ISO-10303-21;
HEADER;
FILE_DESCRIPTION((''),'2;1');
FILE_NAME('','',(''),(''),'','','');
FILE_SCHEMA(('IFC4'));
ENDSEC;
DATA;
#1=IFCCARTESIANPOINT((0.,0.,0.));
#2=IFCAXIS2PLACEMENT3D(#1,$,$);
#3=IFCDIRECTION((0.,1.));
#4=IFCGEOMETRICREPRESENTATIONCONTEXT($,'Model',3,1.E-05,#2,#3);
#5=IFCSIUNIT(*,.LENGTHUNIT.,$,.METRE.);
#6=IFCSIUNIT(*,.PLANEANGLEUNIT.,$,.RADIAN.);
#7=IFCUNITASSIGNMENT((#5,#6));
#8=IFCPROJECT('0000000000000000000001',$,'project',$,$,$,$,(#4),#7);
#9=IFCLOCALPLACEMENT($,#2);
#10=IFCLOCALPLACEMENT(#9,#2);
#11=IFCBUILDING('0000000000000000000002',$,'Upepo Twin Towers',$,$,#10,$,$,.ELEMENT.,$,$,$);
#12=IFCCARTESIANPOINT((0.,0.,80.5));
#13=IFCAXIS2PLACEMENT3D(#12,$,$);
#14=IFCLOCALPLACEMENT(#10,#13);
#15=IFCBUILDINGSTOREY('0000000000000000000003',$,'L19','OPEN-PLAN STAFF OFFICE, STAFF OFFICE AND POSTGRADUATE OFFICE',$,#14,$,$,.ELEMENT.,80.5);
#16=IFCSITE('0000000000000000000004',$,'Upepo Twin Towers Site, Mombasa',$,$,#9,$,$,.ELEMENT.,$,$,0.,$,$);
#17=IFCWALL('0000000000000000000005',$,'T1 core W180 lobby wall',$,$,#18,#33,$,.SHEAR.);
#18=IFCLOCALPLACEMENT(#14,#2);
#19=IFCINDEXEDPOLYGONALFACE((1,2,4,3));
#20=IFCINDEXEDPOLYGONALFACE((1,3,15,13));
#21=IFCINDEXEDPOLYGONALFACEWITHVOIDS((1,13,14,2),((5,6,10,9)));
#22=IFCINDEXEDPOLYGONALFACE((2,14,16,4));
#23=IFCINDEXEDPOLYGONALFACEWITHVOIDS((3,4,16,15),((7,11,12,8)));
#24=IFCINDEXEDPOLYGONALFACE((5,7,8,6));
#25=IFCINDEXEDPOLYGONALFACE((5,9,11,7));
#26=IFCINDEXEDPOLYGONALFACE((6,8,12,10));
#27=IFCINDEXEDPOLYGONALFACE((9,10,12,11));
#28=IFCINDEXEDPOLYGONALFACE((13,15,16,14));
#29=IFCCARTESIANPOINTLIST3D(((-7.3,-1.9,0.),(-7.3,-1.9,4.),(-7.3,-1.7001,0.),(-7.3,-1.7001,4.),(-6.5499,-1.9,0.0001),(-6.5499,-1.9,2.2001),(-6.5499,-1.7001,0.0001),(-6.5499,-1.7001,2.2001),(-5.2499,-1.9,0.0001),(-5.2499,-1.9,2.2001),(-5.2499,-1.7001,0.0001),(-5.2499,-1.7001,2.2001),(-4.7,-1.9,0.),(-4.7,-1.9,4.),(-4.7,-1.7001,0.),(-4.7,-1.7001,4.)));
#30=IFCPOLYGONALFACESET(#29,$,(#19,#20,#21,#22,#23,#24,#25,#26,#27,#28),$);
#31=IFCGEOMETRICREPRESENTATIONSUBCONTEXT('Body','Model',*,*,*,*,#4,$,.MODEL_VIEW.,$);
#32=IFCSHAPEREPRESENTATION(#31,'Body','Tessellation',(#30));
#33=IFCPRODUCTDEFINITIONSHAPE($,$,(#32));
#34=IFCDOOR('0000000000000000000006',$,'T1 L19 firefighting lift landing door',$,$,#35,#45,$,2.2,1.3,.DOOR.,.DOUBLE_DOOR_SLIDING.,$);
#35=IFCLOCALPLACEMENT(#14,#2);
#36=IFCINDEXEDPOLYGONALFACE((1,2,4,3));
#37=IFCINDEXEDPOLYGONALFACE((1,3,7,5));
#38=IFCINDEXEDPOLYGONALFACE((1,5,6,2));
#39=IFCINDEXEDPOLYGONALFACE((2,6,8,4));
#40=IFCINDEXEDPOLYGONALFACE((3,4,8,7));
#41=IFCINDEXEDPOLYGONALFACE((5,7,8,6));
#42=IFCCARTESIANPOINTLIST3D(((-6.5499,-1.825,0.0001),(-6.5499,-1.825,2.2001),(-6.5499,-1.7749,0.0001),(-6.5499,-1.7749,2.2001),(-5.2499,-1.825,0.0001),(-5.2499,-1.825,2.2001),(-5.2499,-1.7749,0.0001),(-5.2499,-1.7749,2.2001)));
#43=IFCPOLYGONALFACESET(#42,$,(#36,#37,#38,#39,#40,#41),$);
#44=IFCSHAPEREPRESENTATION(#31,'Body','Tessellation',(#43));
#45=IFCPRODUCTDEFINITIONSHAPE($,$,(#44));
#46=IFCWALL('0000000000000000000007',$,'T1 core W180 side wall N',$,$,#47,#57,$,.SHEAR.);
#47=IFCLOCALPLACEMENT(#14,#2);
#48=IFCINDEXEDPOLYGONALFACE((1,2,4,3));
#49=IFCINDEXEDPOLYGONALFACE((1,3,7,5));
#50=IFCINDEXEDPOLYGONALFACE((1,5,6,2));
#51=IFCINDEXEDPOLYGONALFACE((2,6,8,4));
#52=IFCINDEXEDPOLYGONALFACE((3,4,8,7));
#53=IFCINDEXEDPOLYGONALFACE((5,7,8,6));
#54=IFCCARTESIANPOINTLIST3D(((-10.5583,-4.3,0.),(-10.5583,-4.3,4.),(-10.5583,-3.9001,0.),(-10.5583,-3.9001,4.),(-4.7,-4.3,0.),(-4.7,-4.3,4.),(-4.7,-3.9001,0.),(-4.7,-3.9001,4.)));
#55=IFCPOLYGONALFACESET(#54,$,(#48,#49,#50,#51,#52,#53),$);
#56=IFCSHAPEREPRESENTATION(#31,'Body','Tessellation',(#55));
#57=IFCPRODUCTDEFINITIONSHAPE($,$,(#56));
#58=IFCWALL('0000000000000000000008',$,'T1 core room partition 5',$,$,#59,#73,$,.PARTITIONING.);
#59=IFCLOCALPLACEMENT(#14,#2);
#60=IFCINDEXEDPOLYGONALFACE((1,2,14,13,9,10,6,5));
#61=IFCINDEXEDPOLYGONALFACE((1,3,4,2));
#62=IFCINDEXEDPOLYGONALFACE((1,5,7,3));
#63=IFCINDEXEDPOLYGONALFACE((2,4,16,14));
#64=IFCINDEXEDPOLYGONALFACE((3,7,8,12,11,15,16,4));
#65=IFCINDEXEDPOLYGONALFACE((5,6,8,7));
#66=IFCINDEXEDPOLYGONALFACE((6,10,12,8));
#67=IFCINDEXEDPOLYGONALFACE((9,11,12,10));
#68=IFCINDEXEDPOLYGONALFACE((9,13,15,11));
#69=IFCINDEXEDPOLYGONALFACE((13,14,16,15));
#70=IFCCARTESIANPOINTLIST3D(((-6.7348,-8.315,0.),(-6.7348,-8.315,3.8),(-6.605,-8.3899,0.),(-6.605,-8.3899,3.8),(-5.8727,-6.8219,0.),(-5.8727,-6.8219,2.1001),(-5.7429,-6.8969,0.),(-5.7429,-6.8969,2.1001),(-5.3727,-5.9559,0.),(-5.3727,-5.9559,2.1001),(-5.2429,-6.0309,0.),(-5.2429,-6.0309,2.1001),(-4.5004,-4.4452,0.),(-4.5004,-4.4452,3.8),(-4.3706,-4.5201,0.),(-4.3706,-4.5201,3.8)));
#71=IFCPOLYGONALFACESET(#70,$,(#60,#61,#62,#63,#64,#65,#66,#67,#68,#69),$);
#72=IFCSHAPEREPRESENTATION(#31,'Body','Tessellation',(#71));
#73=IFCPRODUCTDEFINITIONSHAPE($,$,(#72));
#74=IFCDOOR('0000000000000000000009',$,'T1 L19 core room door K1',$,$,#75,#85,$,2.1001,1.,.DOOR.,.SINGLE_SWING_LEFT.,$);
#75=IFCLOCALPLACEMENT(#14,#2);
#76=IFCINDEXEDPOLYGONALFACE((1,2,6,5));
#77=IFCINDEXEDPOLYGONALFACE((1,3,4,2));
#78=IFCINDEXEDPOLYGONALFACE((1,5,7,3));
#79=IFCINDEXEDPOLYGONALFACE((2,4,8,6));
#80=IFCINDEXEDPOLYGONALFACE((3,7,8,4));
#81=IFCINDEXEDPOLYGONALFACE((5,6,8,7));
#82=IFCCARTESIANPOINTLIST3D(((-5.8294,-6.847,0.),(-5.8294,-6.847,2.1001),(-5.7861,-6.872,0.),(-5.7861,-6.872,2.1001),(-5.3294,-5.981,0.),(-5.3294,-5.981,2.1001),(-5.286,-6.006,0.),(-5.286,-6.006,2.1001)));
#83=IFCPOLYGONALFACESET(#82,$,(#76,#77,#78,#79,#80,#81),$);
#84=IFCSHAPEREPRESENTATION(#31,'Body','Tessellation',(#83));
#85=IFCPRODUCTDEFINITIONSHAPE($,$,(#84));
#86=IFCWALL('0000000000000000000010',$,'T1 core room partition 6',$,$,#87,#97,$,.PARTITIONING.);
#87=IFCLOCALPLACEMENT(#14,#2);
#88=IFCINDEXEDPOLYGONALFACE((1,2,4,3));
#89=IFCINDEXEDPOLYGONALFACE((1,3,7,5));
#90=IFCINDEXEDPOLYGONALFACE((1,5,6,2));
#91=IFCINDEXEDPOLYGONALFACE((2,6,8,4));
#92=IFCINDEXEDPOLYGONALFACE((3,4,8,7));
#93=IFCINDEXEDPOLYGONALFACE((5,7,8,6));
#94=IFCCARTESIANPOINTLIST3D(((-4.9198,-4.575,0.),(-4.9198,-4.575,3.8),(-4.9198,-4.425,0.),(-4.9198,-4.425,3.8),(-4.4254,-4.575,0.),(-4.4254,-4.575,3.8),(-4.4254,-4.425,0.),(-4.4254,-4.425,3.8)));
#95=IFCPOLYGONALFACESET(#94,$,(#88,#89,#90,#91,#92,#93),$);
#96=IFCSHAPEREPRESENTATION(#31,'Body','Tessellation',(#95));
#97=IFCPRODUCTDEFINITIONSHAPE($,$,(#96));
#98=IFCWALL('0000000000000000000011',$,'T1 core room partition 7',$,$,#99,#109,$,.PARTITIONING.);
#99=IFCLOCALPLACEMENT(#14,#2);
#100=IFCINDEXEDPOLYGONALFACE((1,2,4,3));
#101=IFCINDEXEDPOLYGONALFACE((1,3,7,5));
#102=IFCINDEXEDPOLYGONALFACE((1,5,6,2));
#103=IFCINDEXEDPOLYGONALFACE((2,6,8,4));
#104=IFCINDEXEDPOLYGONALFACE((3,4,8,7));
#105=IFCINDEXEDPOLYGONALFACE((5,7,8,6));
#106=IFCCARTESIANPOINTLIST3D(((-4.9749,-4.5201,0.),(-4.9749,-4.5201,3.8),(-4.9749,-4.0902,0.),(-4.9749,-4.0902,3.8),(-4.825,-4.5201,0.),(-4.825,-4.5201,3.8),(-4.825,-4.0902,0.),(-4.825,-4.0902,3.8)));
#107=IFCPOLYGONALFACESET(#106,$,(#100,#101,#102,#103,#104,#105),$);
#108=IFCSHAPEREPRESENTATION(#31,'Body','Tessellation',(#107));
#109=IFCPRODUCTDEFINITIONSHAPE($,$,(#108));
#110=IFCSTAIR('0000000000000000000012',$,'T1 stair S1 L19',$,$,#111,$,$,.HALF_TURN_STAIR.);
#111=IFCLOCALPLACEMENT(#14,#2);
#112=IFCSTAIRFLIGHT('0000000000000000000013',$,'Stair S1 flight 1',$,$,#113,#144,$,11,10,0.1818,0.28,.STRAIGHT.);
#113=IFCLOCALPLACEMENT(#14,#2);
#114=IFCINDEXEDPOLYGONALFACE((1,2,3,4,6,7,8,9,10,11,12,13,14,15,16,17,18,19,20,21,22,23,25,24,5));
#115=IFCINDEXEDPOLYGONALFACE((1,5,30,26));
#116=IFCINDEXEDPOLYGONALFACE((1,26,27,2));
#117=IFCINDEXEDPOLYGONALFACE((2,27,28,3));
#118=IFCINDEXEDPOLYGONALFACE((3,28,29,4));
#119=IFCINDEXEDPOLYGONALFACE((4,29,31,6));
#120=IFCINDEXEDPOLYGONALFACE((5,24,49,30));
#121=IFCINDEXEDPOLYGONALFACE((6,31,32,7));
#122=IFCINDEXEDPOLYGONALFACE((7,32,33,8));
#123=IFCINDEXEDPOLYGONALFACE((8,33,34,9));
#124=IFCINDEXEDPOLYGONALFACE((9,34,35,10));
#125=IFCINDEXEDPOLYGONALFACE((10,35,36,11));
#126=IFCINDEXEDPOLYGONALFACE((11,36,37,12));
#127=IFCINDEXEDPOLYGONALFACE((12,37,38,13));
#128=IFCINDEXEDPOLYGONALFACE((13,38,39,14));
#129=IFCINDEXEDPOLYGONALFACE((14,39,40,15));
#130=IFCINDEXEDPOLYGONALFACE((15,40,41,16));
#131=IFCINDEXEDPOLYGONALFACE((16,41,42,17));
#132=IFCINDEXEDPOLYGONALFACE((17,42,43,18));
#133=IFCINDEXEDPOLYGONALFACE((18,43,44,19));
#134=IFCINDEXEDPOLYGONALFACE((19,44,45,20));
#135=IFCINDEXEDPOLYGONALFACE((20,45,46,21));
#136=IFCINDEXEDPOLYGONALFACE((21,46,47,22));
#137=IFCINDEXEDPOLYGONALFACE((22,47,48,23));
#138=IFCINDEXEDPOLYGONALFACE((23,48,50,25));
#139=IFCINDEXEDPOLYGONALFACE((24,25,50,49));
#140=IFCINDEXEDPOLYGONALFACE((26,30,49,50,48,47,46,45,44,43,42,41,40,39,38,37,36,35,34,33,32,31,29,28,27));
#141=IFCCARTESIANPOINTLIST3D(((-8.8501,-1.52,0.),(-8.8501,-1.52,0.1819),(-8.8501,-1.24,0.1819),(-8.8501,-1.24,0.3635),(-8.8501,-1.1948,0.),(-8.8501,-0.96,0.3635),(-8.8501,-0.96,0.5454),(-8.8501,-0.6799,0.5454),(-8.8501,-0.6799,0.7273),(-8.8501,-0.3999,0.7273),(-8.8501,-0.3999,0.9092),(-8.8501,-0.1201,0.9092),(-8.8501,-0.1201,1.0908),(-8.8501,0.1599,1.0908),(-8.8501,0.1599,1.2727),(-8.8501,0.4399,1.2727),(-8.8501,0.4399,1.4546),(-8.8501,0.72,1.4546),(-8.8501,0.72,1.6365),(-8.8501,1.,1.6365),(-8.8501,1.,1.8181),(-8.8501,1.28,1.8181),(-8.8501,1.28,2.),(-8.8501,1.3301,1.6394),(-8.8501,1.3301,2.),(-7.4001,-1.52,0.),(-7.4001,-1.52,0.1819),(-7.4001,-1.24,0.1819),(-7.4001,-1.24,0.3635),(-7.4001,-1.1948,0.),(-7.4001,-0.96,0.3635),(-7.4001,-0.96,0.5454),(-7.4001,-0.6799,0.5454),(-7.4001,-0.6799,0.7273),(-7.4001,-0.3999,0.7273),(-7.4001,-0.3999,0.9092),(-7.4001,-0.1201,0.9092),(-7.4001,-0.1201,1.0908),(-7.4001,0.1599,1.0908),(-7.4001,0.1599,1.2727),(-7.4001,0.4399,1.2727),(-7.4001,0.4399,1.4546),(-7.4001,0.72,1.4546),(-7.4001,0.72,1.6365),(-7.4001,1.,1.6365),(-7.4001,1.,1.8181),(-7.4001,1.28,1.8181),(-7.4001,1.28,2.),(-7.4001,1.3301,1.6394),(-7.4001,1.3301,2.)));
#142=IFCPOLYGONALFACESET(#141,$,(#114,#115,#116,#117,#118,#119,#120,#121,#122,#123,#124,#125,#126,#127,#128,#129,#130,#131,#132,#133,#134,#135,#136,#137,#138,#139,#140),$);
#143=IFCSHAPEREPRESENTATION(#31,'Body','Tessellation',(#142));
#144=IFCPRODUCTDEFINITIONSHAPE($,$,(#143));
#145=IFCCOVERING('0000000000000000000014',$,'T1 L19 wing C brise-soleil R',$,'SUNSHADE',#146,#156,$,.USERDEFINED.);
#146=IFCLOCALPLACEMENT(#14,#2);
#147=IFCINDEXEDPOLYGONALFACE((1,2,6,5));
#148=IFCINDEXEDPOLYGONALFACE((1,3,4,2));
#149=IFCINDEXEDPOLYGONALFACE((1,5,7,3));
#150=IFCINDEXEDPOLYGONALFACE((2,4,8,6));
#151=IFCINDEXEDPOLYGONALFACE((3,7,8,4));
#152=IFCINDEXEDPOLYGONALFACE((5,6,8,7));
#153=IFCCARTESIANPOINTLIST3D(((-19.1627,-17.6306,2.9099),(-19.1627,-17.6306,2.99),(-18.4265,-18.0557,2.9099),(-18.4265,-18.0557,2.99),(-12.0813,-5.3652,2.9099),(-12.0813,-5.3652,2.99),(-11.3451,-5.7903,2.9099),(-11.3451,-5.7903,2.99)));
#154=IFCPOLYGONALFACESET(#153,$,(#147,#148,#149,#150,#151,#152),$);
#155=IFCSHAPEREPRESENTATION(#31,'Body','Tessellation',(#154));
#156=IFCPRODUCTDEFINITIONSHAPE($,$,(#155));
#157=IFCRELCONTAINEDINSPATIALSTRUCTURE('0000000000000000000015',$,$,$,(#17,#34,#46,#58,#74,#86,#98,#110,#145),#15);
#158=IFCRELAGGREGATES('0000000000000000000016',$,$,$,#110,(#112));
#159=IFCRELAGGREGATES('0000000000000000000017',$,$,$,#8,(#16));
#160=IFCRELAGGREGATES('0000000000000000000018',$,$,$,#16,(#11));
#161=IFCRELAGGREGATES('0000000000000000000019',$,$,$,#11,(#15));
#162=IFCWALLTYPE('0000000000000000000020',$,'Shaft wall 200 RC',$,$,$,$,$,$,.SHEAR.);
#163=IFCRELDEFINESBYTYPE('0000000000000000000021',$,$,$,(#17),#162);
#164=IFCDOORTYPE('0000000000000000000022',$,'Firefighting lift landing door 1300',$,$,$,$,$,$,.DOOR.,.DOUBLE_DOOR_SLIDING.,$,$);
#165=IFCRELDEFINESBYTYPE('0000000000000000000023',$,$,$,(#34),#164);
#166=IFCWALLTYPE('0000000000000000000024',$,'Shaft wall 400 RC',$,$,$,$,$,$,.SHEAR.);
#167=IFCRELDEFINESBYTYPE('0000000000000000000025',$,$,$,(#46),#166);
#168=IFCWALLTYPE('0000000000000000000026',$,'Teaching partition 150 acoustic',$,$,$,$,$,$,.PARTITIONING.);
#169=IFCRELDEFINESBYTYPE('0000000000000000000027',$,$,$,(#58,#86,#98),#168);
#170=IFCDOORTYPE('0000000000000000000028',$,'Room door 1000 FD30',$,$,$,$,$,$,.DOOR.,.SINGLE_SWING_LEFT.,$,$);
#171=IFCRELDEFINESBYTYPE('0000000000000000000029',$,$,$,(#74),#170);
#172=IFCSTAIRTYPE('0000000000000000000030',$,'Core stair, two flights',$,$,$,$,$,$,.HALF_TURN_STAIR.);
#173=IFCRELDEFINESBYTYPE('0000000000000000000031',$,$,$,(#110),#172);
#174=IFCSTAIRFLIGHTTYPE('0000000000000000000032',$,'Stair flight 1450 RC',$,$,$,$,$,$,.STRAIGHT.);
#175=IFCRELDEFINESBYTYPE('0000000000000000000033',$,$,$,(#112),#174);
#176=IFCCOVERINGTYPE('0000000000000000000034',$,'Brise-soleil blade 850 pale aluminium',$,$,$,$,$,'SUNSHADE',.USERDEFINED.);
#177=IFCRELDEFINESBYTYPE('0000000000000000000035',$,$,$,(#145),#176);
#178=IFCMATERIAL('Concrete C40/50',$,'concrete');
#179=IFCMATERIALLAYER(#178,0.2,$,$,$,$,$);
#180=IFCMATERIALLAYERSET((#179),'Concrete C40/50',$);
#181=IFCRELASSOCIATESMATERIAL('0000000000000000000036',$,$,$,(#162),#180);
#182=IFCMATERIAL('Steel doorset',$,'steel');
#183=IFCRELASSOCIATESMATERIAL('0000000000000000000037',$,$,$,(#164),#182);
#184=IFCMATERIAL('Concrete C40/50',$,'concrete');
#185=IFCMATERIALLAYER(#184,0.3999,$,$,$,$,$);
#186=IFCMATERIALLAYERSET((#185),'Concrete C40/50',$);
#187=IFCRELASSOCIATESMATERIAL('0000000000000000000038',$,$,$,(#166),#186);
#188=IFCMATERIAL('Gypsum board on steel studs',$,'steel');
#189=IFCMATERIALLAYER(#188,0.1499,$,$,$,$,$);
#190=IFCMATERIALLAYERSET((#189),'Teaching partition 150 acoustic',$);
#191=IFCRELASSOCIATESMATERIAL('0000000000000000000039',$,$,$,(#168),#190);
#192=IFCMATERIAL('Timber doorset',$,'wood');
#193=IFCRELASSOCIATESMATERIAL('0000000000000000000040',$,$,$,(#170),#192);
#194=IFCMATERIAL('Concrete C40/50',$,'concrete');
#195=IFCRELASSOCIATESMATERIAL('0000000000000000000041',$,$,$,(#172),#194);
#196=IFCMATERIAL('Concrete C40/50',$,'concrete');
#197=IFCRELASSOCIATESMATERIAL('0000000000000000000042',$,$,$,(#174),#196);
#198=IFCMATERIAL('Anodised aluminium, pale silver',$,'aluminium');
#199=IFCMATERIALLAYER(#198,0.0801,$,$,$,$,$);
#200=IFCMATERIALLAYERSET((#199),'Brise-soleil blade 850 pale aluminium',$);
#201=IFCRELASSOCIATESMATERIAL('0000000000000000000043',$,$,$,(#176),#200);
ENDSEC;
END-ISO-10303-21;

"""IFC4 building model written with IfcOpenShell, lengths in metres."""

from ifc_helpers import new_model, si_unit, direction, frame, frame_2d, origin, origin_2d, place, context, subcontext, project, spatial, polyline, rectangle, outline, extrude, material, layer, layer_set, type_object, element, fill, aggregate, save


model = new_model("IFC4")

# Units and contexts
model_context = context("Model", 3, precision=1e-05, world=origin(), true_north=direction((0.0, 1.0)))
body_context = subcontext(model_context, "Body", "Model", "MODEL_VIEW")
ifc_project = project(units=[si_unit("LENGTHUNIT", "METRE"), si_unit("PLANEANGLEUNIT", "RADIAN")], contexts=[model_context])

# Site, building, storey
site_placement = place(None, origin())
site = spatial("IfcSite", under=ifc_project, at=site_placement, Name="Upepo Twin Towers Site, Mombasa", CompositionType="ELEMENT", RefElevation=0.0)
building_placement = place(site_placement, origin())
building = spatial("IfcBuilding", under=site, at=building_placement, Name="Upepo Twin Towers", CompositionType="ELEMENT")
storey_placement = place(building_placement, frame((0.0, 0.0, 80.5)))
storey = spatial("IfcBuildingStorey", under=building, at=storey_placement, Name="L19", Description="OPEN-PLAN STAFF OFFICE, STAFF OFFICE AND POSTGRADUATE OFFICE", CompositionType="ELEMENT", Elevation=80.5)

# Wall, opening, door
ifc_material_1 = material(Name="Concrete C40/50", Category="concrete")
ifc_layer_1 = layer(ifc_material_1, 0.2)
ifc_layer_set_1 = layer_set([ifc_layer_1], Name="Concrete C40/50")
wall_type_1 = type_object("IfcWallType", Name="Shaft wall 200 RC", PredefinedType="SHEAR", material=ifc_layer_set_1)
wall_1_placement = place(storey_placement, frame((-4.7, -1.8, 0.0), z_axis=(0.0, 0.0, 1.0), x_axis=(-1.0, 0.0, 0.0)))
wall_1 = element("IfcWall", 1, at=wall_1_placement, inside=storey, type_object=wall_type_1, Name="T1 core W180 lobby wall", PredefinedType="SHEAR", context=body_context, shape_type="SweptSolid", body=[
    extrude(rectangle(XDim=2.6001, YDim=0.2, at=frame_2d((1.3, 0.0))), origin(), (0.0, 0.0, 1.0), 4.0),
])
opening_1_placement = place(wall_1_placement, frame((0.55, 0.0, 0.0)))
opening_1 = element("IfcOpeningElement", 2, at=opening_1_placement, cuts=wall_1, PredefinedType="OPENING", context=body_context, shape_type="SweptSolid", body=[
    extrude(rectangle(XDim=1.3, YDim=2.2, at=frame_2d((0.6499, 1.1001))), frame((0.0, 0.1099, 0.0), z_axis=(0.0, -1.0, 0.0), x_axis=(1.0, 0.0, 0.0)), (0.0, 0.0, 1.0), 0.22),
])
ifc_material_2 = material(Name="Steel doorset", Category="steel")
door_type_1 = type_object("IfcDoorType", Name="Firefighting lift landing door 1300", OperationType="DOUBLE_DOOR_SLIDING", PredefinedType="DOOR", material=ifc_material_2)
door_1_placement = place(opening_1_placement, origin())
door_1 = element("IfcDoor", 3, at=door_1_placement, inside=storey, type_object=door_type_1, Name="T1 L19 firefighting lift landing door", OperationType="DOUBLE_DOOR_SLIDING", OverallHeight=2.2, OverallWidth=1.3, PredefinedType="DOOR", context=body_context, shape_type="SweptSolid", body=[
    extrude(rectangle(XDim=1.3, YDim=2.2, at=frame_2d((0.6499, 1.1001))), frame((0.0, 0.0249, 0.0), z_axis=(0.0, -1.0, 0.0), x_axis=(1.0, 0.0, 0.0)), (0.0, 0.0, 1.0), 0.05),
])
fill(opening_1, door_1)

# Wall
ifc_material_3 = material(Name="Concrete C40/50", Category="concrete")
ifc_layer_2 = layer(ifc_material_3, 0.3999)
ifc_layer_set_2 = layer_set([ifc_layer_2], Name="Concrete C40/50")
wall_type_2 = type_object("IfcWallType", Name="Shaft wall 400 RC", PredefinedType="SHEAR", material=ifc_layer_set_2)
wall_2_placement = place(storey_placement, frame((-4.7, -4.1001, 0.0), z_axis=(0.0, 0.0, 1.0), x_axis=(-1.0, 0.0, 0.0)))
element("IfcWall", 4, at=wall_2_placement, inside=storey, type_object=wall_type_2, Name="T1 core W180 side wall N", PredefinedType="SHEAR", context=body_context, shape_type="SweptSolid", body=[
    extrude(rectangle(XDim=5.8584, YDim=0.3999, at=frame_2d((2.9292, 0.0))), origin(), (0.0, 0.0, 1.0), 4.0),
])

# Wall, opening, door
ifc_material_4 = material(Name="Gypsum board on steel studs", Category="steel")
ifc_layer_3 = layer(ifc_material_4, 0.1499)
ifc_layer_set_3 = layer_set([ifc_layer_3], Name="Teaching partition 150 acoustic")
wall_type_3 = type_object("IfcWallType", Name="Teaching partition 150 acoustic", PredefinedType="PARTITIONING", material=ifc_layer_set_3)
wall_3_placement = place(storey_placement, frame((-6.6699, -8.3525, 0.0), z_axis=(0.0, 0.0, 1.0), x_axis=(0.500017, 0.866015, 0.0)))
wall_3 = element("IfcWall", 5, at=wall_3_placement, inside=storey, type_object=wall_type_3, Name="T1 core room partition 5", PredefinedType="PARTITIONING", context=body_context, shape_type="SweptSolid", body=[
    extrude(rectangle(XDim=4.4685, YDim=0.1499, at=frame_2d((2.2344, 0.0))), origin(), (0.0, 0.0, 1.0), 3.8),
])
opening_2_placement = place(wall_3_placement, frame((1.7241, 0.0, 0.0)))
opening_2 = element("IfcOpeningElement", 6, at=opening_2_placement, cuts=wall_3, PredefinedType="OPENING", context=body_context, shape_type="SweptSolid", body=[
    extrude(rectangle(XDim=1.0, YDim=2.1001, at=frame_2d((0.5, 1.05))), frame((0.0, 0.085, 0.0), z_axis=(0.0, -1.0, 0.0), x_axis=(1.0, 0.0, 0.0)), (0.0, 0.0, 1.0), 0.1699),
])
ifc_material_5 = material(Name="Timber doorset", Category="wood")
door_type_2 = type_object("IfcDoorType", Name="Room door 1000 FD30", OperationType="SINGLE_SWING_LEFT", PredefinedType="DOOR", material=ifc_material_5)
door_2_placement = place(opening_2_placement, origin())
door_2 = element("IfcDoor", 7, at=door_2_placement, inside=storey, type_object=door_type_2, Name="T1 L19 core room door K1", OperationType="SINGLE_SWING_LEFT", OverallHeight=2.1001, OverallWidth=1.0, PredefinedType="DOOR", context=body_context, shape_type="SweptSolid", body=[
    extrude(rectangle(XDim=1.0, YDim=2.1001, at=frame_2d((0.5, 1.05))), frame((0.0, 0.0249, 0.0), z_axis=(0.0, -1.0, 0.0), x_axis=(1.0, 0.0, 0.0)), (0.0, 0.0, 1.0), 0.05),
])
fill(opening_2, door_2)

# Walls
wall_4_placement = place(storey_placement, frame((-4.4255, -4.5, 0.0), z_axis=(0.0, 0.0, 1.0), x_axis=(-1.0, 0.0, 0.0)))
element("IfcWall", 8, at=wall_4_placement, inside=storey, type_object=wall_type_3, Name="T1 core room partition 6", PredefinedType="PARTITIONING", context=body_context, shape_type="SweptSolid", body=[
    extrude(rectangle(XDim=0.4944, YDim=0.1499, at=frame_2d((0.2471, 0.0))), origin(), (0.0, 0.0, 1.0), 3.8),
])
wall_5_placement = place(storey_placement, frame((-4.8999, -4.52, 0.0), z_axis=(0.0, 0.0, 1.0), x_axis=(0.0, 1.0, 0.0)))
element("IfcWall", 9, at=wall_5_placement, inside=storey, type_object=wall_type_3, Name="T1 core room partition 7", PredefinedType="PARTITIONING", context=body_context, shape_type="SweptSolid", body=[
    extrude(rectangle(XDim=0.4299, YDim=0.1499, at=frame_2d((0.2148, 0.0))), origin(), (0.0, 0.0, 1.0), 3.8),
])

# Stair, stair flight
ifc_material_6 = material(Name="Concrete C40/50", Category="concrete")
stair_type = type_object("IfcStairType", Name="Core stair, two flights", PredefinedType="HALF_TURN_STAIR", material=ifc_material_6)
stair_placement = place(storey_placement, origin())
stair = element("IfcStair", 10, at=stair_placement, inside=storey, type_object=stair_type, Name="T1 stair S1 L19", PredefinedType="HALF_TURN_STAIR")
ifc_material_7 = material(Name="Concrete C40/50", Category="concrete")
stair_flight_type = type_object("IfcStairFlightType", Name="Stair flight 1450 RC", PredefinedType="STRAIGHT", material=ifc_material_7)
stair_flight_placement = place(storey_placement, frame((-8.125, -1.52, 0.0), z_axis=(0.0, 0.0, 1.0), x_axis=(0.0, 1.0, 0.0)))
stair_flight = element("IfcStairFlight", 11, at=stair_flight_placement, type_object=stair_flight_type, Name="Stair S1 flight 1", NumberOfRisers=11, NumberOfTreads=10, PredefinedType="STRAIGHT", RiserHeight=0.1818, TreadLength=0.28, context=body_context, shape_type="SweptSolid", body=[
    extrude(outline(polyline([(0.0, 0.0), (0.0, 0.1819), (0.28, 0.1819), (0.28, 0.3635), (0.5601, 0.3635), (0.5601, 0.5454), (0.8401, 0.5454), (0.8401, 0.7273), (1.1201, 0.7273), (1.1201, 0.9092), (1.3999, 0.9092), (1.3999, 1.0908), (1.6799, 1.0908), (1.6799, 1.2727), (1.96, 1.2727), (1.96, 1.4546), (2.24, 1.4546), (2.24, 1.6365), (2.52, 1.6365), (2.52, 1.8181), (2.8, 1.8181), (2.8, 2.0), (2.8501, 2.0), (2.8501, 1.6394), (0.3252, 0.0), (0.0, 0.0)])), frame((0.0, 0.7251, 0.0), z_axis=(0.0, -1.0, 0.0), x_axis=(1.0, 0.0, 0.0)), (0.0, 0.0, 1.0), 1.45),
])
aggregate(stair, [stair_flight])

# Covering
ifc_material_8 = material(Name="Anodised aluminium, pale silver", Category="aluminium")
ifc_layer_4 = layer(ifc_material_8, 0.0801)
ifc_layer_set_4 = layer_set([ifc_layer_4], Name="Brise-soleil blade 850 pale aluminium")
covering_type = type_object("IfcCoveringType", Name="Brise-soleil blade 850 pale aluminium", ElementType="SUNSHADE", PredefinedType="USERDEFINED", material=ifc_layer_set_4)
covering_placement = place(storey_placement, frame((-15.2539, -11.7104, 2.9099), z_axis=(0.0, 0.0, 1.0), x_axis=(-0.5, -0.866025, 0.0)))
element("IfcCovering", 12, at=covering_placement, inside=storey, type_object=covering_type, Name="T1 L19 wing C brise-soleil R", ObjectType="SUNSHADE", PredefinedType="USERDEFINED", context=body_context, shape_type="SweptSolid", body=[
    extrude(rectangle(XDim=14.1628, YDim=0.8501, at=origin_2d()), origin(), (0.0, 0.0, 1.0), 0.0801),
])

save(model, "model.ifc")
